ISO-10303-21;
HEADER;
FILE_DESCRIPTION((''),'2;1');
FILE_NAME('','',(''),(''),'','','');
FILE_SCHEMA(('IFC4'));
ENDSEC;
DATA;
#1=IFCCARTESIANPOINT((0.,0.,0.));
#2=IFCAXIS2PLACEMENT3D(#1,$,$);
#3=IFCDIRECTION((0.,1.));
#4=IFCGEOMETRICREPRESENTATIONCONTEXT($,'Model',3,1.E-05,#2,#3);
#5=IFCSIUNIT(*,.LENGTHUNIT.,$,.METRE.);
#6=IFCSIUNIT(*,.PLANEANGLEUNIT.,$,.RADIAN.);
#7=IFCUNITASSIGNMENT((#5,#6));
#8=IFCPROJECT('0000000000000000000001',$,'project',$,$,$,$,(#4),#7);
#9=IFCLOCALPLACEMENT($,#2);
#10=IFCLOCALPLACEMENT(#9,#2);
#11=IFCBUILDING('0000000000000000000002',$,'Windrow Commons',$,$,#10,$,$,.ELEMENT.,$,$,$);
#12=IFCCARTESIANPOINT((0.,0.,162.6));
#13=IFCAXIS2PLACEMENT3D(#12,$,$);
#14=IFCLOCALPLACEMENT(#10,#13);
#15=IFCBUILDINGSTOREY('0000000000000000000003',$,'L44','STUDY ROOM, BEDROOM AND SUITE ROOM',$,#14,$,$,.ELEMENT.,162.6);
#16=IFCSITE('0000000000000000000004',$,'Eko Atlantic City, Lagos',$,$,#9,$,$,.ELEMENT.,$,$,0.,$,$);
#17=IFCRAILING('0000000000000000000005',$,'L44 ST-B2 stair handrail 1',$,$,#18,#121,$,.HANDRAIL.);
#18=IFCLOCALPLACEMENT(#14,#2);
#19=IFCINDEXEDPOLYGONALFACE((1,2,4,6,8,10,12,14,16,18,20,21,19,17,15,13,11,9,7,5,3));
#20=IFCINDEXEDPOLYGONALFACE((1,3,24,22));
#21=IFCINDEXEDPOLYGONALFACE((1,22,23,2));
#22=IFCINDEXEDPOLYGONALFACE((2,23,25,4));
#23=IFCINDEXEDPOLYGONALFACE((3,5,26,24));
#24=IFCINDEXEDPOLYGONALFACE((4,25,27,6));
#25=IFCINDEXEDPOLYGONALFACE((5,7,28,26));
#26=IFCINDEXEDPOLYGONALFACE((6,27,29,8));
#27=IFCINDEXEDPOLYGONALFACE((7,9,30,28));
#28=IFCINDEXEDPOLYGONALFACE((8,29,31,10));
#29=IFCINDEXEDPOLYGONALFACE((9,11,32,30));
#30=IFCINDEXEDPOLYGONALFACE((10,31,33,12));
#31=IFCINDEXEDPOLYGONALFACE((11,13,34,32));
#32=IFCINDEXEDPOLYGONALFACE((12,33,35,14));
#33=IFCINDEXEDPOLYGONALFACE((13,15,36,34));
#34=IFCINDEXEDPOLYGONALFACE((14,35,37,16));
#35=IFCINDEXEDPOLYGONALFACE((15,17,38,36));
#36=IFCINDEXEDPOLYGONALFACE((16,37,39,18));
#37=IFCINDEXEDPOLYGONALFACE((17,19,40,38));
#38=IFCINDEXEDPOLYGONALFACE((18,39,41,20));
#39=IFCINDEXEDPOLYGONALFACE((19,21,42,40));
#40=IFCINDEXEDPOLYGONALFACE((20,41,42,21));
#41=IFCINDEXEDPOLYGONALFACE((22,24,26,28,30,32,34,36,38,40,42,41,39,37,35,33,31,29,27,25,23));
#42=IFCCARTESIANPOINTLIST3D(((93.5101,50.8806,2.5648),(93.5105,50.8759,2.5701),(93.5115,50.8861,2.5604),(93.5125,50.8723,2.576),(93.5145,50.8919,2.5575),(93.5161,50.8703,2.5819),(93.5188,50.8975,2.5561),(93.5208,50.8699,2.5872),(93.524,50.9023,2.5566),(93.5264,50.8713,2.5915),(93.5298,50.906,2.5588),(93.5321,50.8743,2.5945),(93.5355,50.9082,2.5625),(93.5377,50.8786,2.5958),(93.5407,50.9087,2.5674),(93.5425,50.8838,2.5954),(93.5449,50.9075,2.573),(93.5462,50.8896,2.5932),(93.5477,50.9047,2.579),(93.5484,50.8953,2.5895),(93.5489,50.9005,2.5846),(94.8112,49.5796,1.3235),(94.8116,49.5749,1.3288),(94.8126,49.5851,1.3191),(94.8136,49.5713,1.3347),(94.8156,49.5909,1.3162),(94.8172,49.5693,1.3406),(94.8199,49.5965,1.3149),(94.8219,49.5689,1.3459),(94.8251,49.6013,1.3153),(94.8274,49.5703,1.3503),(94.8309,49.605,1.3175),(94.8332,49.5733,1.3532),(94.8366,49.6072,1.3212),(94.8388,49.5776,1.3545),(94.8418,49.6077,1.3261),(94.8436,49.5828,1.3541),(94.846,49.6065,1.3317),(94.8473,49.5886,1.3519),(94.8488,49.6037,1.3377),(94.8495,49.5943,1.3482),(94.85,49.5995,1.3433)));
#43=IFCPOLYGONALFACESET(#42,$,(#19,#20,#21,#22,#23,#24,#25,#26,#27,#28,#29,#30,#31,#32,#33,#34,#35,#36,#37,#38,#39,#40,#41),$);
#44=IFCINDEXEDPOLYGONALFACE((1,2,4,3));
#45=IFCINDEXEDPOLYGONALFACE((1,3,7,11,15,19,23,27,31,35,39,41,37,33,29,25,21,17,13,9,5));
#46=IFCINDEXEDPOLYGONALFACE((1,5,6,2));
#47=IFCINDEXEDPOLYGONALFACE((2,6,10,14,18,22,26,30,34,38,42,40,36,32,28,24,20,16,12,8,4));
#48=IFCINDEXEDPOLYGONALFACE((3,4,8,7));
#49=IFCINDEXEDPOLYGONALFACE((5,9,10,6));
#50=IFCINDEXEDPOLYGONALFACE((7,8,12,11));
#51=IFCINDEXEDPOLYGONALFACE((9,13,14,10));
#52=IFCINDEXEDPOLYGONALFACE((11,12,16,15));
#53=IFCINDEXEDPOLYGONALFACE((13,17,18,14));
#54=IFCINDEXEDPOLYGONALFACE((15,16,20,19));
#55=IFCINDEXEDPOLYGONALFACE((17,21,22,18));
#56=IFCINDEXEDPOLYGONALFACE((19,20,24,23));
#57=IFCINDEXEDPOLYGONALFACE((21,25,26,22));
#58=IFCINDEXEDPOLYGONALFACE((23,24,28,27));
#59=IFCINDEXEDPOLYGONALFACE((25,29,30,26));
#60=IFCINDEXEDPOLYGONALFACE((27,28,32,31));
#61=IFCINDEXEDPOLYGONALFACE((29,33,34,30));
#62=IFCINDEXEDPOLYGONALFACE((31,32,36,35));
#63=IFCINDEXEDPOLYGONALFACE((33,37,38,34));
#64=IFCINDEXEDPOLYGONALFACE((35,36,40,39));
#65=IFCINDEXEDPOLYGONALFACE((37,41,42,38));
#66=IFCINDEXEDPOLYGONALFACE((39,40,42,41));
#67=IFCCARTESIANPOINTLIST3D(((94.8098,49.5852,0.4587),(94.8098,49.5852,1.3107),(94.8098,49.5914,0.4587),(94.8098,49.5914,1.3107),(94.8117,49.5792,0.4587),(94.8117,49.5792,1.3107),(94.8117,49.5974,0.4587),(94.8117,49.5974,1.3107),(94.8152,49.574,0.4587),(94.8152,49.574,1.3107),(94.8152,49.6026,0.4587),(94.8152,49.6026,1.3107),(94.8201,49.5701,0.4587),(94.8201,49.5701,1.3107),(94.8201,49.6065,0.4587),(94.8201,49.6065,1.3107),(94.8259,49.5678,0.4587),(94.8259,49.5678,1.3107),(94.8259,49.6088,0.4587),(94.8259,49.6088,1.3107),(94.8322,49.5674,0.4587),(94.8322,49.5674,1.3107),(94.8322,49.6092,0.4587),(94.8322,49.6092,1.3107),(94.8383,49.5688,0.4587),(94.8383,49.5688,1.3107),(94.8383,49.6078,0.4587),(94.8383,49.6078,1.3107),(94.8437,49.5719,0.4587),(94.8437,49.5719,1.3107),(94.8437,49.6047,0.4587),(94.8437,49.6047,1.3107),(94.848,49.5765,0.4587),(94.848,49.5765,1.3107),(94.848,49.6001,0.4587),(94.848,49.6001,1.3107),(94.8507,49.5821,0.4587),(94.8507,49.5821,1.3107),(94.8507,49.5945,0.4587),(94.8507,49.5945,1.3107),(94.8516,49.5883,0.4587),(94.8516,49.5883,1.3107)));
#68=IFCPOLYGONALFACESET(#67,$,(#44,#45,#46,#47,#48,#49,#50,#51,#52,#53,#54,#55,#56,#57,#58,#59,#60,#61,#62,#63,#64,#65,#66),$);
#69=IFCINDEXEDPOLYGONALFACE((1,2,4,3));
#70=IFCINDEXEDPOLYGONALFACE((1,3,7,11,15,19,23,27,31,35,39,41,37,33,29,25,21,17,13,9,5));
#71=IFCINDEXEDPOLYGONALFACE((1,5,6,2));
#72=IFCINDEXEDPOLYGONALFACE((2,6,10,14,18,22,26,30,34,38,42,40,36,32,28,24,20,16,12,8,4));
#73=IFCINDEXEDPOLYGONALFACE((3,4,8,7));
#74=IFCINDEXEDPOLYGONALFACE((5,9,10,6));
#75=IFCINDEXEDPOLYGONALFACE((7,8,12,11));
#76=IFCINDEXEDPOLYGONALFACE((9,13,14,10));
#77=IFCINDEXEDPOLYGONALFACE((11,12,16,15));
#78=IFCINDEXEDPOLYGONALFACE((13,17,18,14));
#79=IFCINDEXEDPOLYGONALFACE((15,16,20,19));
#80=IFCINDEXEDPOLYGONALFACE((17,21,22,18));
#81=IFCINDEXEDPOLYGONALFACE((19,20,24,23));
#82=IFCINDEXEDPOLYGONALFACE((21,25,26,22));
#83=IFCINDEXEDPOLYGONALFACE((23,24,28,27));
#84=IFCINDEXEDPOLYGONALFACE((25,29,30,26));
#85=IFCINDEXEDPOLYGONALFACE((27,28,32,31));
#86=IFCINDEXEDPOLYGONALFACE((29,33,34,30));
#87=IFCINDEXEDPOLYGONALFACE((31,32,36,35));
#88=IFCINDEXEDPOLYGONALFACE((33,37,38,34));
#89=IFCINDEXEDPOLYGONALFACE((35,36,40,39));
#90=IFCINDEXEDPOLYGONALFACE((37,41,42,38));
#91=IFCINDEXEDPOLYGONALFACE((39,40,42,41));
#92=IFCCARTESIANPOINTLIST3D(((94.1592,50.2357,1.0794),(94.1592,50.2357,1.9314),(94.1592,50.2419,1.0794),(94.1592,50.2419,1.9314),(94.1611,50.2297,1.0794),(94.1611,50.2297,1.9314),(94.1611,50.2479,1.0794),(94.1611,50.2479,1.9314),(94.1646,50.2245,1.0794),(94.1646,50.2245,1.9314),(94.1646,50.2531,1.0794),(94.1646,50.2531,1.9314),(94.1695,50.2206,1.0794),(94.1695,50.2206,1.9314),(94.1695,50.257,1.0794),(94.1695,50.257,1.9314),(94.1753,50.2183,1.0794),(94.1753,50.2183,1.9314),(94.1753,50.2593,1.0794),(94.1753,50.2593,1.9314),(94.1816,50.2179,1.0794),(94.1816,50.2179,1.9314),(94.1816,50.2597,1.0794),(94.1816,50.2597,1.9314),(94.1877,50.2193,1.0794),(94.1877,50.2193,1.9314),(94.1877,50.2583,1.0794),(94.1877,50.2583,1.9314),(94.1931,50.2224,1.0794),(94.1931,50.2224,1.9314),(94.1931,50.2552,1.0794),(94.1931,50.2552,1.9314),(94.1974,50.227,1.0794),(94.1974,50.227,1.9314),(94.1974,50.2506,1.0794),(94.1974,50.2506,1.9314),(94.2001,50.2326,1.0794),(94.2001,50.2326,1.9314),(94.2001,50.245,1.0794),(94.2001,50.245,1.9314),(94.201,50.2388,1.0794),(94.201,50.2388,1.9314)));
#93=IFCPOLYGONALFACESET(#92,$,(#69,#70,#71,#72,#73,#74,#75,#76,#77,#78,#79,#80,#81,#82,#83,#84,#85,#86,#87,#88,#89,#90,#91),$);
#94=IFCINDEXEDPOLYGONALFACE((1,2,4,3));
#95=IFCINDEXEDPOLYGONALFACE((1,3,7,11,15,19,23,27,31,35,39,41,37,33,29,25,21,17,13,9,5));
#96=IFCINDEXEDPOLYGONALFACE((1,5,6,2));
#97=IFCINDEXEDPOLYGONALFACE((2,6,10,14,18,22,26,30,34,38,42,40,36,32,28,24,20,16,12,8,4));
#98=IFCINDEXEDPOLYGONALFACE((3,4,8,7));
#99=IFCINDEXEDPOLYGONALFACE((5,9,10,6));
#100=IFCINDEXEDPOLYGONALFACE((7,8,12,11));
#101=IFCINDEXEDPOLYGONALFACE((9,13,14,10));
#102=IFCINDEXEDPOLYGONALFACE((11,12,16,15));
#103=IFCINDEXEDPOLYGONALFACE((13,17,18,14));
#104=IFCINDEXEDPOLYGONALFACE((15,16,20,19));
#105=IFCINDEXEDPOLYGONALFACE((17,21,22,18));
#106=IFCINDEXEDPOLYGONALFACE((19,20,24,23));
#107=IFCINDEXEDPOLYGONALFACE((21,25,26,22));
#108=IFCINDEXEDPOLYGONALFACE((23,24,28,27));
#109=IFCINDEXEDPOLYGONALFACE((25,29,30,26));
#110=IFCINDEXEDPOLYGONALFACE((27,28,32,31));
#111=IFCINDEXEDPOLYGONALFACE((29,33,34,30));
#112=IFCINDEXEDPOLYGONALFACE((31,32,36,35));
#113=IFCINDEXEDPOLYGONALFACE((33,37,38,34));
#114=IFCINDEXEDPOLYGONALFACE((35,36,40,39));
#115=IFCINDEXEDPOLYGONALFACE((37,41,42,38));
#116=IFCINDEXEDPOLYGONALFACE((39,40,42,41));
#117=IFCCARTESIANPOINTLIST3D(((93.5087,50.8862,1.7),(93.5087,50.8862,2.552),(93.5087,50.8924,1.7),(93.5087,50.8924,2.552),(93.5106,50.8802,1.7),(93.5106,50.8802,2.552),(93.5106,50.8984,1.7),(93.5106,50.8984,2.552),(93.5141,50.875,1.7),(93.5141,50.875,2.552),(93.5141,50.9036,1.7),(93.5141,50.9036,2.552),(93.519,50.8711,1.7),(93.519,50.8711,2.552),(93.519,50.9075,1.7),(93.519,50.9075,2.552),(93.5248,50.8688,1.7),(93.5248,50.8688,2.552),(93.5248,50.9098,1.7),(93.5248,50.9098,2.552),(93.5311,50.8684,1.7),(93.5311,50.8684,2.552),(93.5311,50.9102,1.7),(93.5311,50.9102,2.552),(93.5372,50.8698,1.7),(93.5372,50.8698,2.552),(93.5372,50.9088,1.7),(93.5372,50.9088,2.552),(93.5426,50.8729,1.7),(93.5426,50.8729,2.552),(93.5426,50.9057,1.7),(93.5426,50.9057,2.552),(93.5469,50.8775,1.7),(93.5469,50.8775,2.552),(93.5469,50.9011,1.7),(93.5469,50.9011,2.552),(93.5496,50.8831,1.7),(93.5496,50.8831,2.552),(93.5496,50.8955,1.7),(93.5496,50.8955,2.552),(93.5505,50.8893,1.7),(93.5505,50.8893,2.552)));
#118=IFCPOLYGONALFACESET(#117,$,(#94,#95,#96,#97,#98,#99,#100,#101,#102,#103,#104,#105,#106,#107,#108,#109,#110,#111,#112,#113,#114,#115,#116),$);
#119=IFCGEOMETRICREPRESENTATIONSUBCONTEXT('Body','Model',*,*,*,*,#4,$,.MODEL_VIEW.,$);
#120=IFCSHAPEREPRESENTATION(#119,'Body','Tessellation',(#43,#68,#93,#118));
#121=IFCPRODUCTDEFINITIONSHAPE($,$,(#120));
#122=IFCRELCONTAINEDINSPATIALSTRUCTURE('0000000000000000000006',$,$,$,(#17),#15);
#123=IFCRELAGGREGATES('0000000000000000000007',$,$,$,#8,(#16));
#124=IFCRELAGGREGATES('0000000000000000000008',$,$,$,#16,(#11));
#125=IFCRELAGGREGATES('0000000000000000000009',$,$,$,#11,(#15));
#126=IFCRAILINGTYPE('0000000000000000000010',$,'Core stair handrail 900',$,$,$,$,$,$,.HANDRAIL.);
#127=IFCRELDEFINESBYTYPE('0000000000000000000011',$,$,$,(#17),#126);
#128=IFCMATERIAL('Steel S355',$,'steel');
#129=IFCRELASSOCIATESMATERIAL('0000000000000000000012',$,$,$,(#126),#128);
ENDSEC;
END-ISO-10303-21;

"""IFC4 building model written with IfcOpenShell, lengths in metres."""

from ifc_helpers import new_model, si_unit, direction, frame, origin, origin_2d, place, context, subcontext, project, spatial, circle, extrude, material, type_object, element, save


model = new_model("IFC4")

# Units and contexts
model_context = context("Model", 3, precision=1e-05, world=origin(), true_north=direction((0.0, 1.0)))
body_context = subcontext(model_context, "Body", "Model", "MODEL_VIEW")
ifc_project = project(units=[si_unit("LENGTHUNIT", "METRE"), si_unit("PLANEANGLEUNIT", "RADIAN")], contexts=[model_context])

# Site, building, storey
site_placement = place(None, origin())
site = spatial("IfcSite", under=ifc_project, at=site_placement, Name="Eko Atlantic City, Lagos", CompositionType="ELEMENT", RefElevation=0.0)
building_placement = place(site_placement, origin())
building = spatial("IfcBuilding", under=site, at=building_placement, Name="Windrow Commons", CompositionType="ELEMENT")
storey_placement = place(building_placement, frame((0.0, 0.0, 162.6)))
storey = spatial("IfcBuildingStorey", under=building, at=storey_placement, Name="L44", Description="STUDY ROOM, BEDROOM AND SUITE ROOM", CompositionType="ELEMENT", Elevation=162.6)

# Railing
ifc_material_1 = material(Name="Steel S355", Category="steel")
railing_type_1 = type_object("IfcRailingType", Name="Core stair handrail 900", PredefinedType="HANDRAIL", material=ifc_material_1)
railing_1_placement = place(storey_placement, frame((94.8306, 49.5883, 0.4587)))
element("IfcRailing", 1, at=railing_1_placement, inside=storey, type_object=railing_type_1, Name="L44 ST-B2 stair handrail 1", PredefinedType="HANDRAIL", context=body_context, shape_type="SweptSolid", body=[
    extrude(circle(Radius=0.024, at=origin_2d()), frame((0.0, 0.0, 0.876), z_axis=(-0.586207, 0.586162, 0.559264), x_axis=(-0.70708, -0.707134, 0.0)), (0.0, 0.0, 1.0), 2.2195),
    extrude(circle(Radius=0.021, at=origin_2d()), origin(), (0.0, 0.0, 1.0), 0.852),
    extrude(circle(Radius=0.021, at=origin_2d()), frame((-0.6506, 0.6505, 0.6207)), (0.0, 0.0, 1.0), 0.852),
    extrude(circle(Radius=0.021, at=origin_2d()), frame((-1.3011, 1.301, 1.2413)), (0.0, 0.0, 1.0), 0.852),
])

save(model, "model.ifc")
